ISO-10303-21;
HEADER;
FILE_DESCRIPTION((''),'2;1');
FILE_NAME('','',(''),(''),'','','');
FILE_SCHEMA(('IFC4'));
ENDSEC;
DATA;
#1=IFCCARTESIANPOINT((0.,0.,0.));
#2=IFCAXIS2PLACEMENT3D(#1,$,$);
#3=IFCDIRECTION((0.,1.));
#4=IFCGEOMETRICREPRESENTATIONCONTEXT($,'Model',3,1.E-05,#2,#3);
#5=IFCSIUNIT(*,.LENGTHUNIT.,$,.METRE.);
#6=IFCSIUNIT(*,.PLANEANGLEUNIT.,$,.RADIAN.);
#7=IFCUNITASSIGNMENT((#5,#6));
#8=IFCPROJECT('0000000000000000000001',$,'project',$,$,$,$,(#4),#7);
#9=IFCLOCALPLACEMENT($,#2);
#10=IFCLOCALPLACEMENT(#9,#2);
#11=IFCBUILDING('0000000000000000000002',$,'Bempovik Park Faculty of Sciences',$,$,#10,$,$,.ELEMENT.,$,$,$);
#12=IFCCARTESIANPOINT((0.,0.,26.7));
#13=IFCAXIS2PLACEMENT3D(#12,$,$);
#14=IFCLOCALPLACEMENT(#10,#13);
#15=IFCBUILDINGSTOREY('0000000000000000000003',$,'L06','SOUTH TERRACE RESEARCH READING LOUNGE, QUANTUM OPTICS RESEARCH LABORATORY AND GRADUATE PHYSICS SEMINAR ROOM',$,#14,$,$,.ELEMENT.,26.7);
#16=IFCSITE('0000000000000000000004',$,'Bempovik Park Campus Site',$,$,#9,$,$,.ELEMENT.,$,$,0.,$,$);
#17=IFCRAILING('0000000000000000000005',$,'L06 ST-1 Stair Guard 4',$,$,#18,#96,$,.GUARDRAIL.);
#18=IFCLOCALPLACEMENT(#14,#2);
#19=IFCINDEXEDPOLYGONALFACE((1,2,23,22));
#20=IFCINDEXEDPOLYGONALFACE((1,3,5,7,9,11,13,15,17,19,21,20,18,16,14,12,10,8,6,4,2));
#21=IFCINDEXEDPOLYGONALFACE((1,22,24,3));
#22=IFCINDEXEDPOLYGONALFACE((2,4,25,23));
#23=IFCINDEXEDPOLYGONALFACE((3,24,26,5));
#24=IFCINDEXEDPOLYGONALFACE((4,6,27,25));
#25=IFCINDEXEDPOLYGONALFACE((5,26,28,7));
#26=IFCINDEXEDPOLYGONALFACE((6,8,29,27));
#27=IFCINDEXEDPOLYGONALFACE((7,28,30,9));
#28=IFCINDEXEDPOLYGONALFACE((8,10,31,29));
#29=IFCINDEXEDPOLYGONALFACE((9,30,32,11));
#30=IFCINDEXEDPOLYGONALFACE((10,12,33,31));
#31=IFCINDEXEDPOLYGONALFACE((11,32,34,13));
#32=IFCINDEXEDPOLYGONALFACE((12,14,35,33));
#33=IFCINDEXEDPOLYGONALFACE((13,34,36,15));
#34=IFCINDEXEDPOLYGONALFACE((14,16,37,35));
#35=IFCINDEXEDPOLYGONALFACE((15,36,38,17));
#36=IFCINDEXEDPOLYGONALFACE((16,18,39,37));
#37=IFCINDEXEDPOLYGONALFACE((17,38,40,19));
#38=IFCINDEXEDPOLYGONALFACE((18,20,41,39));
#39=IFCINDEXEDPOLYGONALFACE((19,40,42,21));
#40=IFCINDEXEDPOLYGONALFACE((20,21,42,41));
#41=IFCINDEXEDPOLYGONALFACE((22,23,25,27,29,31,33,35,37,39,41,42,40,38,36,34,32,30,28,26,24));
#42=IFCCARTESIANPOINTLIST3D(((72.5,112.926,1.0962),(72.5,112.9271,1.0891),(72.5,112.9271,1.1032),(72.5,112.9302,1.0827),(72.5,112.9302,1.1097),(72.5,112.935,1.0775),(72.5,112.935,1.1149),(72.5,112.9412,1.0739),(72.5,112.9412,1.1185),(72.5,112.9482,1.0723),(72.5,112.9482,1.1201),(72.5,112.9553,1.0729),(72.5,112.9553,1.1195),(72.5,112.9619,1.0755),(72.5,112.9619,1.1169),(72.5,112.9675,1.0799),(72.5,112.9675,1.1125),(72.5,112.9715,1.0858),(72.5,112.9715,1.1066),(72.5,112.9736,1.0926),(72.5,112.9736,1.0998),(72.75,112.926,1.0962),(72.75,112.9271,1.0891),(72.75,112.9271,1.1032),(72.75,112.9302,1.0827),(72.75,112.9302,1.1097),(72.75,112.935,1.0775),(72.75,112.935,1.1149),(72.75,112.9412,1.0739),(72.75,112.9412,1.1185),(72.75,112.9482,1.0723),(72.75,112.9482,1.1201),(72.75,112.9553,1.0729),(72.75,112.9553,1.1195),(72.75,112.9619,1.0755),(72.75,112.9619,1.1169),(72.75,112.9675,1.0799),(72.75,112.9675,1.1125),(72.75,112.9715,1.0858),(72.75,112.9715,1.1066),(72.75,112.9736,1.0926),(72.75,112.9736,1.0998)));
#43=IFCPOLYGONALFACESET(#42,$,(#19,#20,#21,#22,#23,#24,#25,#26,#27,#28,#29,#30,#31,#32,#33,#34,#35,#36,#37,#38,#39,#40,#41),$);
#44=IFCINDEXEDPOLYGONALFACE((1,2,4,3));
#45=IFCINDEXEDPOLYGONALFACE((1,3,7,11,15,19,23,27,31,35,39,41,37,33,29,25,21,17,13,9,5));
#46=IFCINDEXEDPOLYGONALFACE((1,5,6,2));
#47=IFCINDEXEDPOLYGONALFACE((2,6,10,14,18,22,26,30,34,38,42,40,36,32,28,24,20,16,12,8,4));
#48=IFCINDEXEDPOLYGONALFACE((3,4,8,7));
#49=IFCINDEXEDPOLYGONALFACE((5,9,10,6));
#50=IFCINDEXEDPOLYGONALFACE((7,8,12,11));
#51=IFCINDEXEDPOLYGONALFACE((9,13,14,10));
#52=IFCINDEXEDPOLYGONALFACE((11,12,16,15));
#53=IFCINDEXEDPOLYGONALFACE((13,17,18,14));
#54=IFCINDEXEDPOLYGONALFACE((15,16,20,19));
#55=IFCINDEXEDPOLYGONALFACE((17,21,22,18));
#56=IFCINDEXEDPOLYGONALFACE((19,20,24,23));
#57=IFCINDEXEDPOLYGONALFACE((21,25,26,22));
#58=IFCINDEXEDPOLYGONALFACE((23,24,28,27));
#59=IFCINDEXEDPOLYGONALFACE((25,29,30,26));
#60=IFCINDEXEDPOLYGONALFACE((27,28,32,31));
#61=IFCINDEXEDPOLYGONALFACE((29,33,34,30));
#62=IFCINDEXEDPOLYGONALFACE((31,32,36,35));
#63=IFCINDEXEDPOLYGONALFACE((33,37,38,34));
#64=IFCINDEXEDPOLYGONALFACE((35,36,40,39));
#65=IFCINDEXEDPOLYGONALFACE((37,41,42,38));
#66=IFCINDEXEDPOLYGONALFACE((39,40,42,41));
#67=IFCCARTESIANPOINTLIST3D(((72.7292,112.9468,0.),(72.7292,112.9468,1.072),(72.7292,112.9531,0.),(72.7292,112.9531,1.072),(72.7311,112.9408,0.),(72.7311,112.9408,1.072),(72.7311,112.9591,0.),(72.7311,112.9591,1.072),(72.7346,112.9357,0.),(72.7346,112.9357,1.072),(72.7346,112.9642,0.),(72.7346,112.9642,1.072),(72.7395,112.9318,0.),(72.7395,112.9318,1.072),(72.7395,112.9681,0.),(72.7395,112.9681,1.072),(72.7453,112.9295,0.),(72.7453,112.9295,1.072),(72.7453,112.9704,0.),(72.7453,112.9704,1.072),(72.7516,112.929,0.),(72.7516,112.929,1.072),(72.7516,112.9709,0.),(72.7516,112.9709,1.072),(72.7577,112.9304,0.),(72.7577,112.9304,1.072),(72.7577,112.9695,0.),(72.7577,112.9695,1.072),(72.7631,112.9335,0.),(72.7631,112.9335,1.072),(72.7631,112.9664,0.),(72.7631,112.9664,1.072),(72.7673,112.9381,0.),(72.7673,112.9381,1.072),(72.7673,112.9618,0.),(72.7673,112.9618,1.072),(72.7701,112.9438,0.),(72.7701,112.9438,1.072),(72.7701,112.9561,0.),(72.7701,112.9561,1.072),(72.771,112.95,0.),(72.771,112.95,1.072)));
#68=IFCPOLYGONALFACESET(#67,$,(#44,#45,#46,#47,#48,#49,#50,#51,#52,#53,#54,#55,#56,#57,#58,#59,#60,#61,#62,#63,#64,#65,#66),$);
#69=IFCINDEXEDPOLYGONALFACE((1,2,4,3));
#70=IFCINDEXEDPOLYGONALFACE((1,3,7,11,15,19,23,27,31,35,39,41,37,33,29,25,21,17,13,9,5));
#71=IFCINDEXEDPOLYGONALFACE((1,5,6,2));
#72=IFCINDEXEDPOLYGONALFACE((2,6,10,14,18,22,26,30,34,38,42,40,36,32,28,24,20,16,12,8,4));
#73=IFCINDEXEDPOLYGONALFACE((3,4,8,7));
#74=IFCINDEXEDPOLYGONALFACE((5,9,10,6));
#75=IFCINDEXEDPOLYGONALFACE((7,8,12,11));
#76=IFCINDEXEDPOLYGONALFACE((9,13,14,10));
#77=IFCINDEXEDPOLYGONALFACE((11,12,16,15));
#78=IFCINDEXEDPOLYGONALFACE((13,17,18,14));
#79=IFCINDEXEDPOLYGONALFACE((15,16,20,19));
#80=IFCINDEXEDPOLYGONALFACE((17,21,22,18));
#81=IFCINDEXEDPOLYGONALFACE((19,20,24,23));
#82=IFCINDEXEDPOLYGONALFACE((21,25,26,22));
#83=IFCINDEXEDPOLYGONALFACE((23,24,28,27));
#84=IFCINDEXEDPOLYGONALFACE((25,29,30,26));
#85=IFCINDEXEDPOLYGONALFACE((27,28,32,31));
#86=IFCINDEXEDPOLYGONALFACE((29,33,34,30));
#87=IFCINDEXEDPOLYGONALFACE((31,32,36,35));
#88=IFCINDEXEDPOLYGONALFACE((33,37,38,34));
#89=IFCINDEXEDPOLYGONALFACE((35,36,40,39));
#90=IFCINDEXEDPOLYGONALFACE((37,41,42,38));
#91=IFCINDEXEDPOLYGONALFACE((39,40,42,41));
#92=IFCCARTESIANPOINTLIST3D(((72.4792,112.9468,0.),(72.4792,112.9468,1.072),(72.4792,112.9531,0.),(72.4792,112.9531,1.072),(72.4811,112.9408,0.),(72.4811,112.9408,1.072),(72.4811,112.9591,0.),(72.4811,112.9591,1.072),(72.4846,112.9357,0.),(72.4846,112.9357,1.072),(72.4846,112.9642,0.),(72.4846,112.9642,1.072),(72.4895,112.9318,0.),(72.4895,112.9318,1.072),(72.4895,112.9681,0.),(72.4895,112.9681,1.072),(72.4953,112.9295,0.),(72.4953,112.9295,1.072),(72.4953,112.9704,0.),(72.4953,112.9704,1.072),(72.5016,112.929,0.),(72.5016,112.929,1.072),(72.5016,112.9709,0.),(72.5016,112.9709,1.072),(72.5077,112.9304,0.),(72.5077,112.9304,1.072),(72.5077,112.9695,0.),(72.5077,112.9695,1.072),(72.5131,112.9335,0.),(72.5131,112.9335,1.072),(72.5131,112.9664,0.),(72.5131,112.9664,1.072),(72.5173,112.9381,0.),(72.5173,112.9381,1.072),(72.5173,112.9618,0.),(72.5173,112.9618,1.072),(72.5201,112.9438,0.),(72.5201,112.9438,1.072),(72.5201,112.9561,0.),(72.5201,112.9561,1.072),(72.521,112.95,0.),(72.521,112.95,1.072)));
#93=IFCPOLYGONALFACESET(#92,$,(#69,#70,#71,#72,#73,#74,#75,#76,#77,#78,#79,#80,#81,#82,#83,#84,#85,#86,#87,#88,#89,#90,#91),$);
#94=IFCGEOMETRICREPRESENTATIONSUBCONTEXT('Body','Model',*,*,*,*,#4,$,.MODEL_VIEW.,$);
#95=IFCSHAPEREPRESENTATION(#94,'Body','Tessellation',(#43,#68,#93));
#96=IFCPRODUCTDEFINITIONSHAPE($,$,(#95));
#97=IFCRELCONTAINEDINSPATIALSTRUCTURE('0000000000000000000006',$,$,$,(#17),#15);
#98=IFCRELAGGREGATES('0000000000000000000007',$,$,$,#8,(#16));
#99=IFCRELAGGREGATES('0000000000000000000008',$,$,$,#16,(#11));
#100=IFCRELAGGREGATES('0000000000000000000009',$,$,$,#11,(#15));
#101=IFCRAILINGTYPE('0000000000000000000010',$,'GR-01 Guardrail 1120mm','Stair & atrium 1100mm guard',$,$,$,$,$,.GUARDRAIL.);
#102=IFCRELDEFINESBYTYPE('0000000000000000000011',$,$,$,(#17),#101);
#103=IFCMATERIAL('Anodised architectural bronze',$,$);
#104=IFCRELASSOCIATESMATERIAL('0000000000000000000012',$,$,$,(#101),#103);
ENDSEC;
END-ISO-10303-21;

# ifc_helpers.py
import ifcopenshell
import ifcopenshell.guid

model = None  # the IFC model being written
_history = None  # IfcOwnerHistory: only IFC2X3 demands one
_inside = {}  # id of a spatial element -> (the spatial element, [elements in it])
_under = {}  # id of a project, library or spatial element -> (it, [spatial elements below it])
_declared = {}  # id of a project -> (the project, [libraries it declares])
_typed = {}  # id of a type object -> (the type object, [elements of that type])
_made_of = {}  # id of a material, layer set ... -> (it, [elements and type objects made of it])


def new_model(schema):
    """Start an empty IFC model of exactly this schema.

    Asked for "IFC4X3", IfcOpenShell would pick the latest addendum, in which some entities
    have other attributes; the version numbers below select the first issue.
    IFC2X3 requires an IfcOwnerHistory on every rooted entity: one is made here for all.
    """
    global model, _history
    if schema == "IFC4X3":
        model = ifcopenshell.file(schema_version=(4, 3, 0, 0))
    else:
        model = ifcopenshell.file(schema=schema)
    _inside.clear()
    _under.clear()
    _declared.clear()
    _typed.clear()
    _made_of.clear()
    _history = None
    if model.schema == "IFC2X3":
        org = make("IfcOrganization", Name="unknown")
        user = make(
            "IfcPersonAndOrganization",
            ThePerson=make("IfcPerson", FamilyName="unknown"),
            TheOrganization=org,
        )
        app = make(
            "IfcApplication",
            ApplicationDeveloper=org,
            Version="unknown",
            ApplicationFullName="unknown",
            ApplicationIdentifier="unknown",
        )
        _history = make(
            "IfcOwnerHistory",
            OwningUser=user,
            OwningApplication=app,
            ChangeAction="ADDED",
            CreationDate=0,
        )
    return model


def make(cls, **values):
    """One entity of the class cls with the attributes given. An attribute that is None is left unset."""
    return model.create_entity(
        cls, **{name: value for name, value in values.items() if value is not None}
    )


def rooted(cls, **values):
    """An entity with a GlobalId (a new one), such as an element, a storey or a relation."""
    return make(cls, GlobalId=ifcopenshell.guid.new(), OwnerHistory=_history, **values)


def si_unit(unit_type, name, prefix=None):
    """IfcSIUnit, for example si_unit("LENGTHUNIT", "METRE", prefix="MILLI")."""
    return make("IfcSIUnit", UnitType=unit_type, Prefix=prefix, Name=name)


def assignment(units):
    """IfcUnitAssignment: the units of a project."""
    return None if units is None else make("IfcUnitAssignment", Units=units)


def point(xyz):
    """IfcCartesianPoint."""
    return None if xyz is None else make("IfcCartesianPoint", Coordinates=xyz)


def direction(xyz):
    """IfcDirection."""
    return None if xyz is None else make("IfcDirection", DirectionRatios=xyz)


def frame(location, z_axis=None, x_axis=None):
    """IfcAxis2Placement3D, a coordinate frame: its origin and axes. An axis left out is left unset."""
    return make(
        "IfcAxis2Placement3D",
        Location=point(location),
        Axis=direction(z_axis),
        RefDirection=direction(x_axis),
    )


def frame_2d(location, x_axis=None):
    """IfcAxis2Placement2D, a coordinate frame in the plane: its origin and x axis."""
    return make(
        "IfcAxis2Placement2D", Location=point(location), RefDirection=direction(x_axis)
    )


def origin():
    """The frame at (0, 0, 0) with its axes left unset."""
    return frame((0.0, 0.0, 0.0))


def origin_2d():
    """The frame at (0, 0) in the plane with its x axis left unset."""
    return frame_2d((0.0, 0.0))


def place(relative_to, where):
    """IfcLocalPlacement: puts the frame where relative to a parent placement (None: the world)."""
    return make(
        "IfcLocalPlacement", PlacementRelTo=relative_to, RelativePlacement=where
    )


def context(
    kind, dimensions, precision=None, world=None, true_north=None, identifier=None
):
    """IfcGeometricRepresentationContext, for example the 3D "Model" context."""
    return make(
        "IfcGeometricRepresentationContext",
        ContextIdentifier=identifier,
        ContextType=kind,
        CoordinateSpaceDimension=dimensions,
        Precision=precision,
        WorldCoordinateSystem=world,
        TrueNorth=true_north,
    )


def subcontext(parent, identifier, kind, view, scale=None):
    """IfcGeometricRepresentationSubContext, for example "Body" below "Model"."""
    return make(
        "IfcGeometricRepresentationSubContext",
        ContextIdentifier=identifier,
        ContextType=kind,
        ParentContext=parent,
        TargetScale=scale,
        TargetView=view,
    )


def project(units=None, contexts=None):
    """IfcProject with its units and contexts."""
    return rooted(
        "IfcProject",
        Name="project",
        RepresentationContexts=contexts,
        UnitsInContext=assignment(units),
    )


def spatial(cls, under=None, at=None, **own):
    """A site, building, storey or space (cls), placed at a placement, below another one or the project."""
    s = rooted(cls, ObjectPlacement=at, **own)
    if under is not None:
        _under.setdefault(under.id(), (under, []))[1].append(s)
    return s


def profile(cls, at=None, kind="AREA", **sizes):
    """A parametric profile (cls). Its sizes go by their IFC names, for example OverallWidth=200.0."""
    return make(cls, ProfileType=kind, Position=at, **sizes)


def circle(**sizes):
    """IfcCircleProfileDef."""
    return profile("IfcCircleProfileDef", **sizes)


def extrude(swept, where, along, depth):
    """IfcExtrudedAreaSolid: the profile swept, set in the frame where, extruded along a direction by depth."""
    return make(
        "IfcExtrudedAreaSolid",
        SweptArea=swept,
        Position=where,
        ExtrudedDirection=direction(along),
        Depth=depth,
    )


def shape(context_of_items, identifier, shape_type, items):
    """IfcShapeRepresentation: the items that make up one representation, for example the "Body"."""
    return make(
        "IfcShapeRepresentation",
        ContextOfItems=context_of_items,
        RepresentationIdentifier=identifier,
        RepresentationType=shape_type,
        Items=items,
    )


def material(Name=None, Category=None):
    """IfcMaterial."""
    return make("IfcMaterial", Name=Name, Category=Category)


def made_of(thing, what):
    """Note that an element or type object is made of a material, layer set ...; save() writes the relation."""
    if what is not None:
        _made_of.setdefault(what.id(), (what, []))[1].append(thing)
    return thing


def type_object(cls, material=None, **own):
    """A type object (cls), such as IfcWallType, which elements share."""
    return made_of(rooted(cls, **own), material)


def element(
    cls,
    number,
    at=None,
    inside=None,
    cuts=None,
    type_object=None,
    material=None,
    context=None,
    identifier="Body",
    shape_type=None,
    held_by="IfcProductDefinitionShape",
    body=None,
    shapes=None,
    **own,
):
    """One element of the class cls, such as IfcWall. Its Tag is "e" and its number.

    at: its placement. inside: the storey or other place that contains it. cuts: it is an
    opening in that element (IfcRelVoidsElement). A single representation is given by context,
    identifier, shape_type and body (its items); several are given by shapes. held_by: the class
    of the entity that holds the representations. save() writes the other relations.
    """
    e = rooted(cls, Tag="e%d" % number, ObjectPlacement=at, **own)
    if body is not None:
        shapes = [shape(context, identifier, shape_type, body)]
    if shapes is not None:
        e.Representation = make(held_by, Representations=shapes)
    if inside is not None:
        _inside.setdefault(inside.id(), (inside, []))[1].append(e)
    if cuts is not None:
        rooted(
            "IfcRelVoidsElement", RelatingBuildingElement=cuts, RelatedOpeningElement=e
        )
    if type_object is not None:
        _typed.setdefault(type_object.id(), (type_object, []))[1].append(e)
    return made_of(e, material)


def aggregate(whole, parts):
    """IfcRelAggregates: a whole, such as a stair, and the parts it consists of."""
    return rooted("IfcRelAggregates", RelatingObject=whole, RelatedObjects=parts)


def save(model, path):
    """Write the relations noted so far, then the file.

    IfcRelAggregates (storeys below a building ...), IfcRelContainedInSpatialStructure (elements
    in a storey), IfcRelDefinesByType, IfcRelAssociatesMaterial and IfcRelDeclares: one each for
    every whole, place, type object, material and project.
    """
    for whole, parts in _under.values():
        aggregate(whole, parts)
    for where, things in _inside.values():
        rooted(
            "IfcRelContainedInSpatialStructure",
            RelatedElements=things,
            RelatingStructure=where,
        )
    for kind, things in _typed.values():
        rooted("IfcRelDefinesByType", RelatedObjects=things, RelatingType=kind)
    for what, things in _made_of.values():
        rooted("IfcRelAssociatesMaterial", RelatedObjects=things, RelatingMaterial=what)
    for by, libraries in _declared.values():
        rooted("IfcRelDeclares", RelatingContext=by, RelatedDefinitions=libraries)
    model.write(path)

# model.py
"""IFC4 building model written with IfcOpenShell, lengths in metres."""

from ifc_helpers import new_model, si_unit, direction, frame, origin, origin_2d, place, context, subcontext, project, spatial, circle, extrude, material, type_object, element, save


model = new_model("IFC4")

# Units and contexts
model_context = context("Model", 3, precision=1e-05, world=origin(), true_north=direction((0.0, 1.0)))
body_context = subcontext(model_context, "Body", "Model", "MODEL_VIEW")
ifc_project = project(units=[si_unit("LENGTHUNIT", "METRE"), si_unit("PLANEANGLEUNIT", "RADIAN")], contexts=[model_context])

# Site, building, storey
site_placement = place(None, origin())
site = spatial("IfcSite", under=ifc_project, at=site_placement, Name="Bempovik Park Campus Site", CompositionType="ELEMENT", RefElevation=0.0)
building_placement = place(site_placement, origin())
building = spatial("IfcBuilding", under=site, at=building_placement, Name="Bempovik Park Faculty of Sciences", CompositionType="ELEMENT")
storey_placement = place(building_placement, frame((0.0, 0.0, 26.7)))
storey = spatial("IfcBuildingStorey", under=building, at=storey_placement, Name="L06", Description="SOUTH TERRACE RESEARCH READING LOUNGE, QUANTUM OPTICS RESEARCH LABORATORY AND GRADUATE PHYSICS SEMINAR ROOM", CompositionType="ELEMENT", Elevation=26.7)

# Railing
ifc_material_1 = material(Name="Anodised architectural bronze")
railing_type_1 = type_object("IfcRailingType", Name="GR-01 Guardrail 1120mm", Description="Stair & atrium 1100mm guard", PredefinedType="GUARDRAIL", material=ifc_material_1)
railing_1_placement = place(storey_placement, frame((72.75, 112.95, 0.0)))
element("IfcRailing", 1, at=railing_1_placement, inside=storey, type_object=railing_type_1, Name="L06 ST-1 Stair Guard 4", PredefinedType="GUARDRAIL", context=body_context, shape_type="SweptSolid", body=[
    extrude(circle(Radius=0.0239, at=origin_2d()), frame((0.0, 0.0, 1.0962), z_axis=(-1.0, 0.0, 0.0), x_axis=(0.0, -1.0, 0.0)), (0.0, 0.0, 1.0), 0.25),
    extrude(circle(Radius=0.021, at=origin_2d()), origin(), (0.0, 0.0, 1.0), 1.072),
    extrude(circle(Radius=0.021, at=origin_2d()), frame((-0.25, 0.0, 0.0)), (0.0, 0.0, 1.0), 1.072),
])

save(model, "model.ifc")
